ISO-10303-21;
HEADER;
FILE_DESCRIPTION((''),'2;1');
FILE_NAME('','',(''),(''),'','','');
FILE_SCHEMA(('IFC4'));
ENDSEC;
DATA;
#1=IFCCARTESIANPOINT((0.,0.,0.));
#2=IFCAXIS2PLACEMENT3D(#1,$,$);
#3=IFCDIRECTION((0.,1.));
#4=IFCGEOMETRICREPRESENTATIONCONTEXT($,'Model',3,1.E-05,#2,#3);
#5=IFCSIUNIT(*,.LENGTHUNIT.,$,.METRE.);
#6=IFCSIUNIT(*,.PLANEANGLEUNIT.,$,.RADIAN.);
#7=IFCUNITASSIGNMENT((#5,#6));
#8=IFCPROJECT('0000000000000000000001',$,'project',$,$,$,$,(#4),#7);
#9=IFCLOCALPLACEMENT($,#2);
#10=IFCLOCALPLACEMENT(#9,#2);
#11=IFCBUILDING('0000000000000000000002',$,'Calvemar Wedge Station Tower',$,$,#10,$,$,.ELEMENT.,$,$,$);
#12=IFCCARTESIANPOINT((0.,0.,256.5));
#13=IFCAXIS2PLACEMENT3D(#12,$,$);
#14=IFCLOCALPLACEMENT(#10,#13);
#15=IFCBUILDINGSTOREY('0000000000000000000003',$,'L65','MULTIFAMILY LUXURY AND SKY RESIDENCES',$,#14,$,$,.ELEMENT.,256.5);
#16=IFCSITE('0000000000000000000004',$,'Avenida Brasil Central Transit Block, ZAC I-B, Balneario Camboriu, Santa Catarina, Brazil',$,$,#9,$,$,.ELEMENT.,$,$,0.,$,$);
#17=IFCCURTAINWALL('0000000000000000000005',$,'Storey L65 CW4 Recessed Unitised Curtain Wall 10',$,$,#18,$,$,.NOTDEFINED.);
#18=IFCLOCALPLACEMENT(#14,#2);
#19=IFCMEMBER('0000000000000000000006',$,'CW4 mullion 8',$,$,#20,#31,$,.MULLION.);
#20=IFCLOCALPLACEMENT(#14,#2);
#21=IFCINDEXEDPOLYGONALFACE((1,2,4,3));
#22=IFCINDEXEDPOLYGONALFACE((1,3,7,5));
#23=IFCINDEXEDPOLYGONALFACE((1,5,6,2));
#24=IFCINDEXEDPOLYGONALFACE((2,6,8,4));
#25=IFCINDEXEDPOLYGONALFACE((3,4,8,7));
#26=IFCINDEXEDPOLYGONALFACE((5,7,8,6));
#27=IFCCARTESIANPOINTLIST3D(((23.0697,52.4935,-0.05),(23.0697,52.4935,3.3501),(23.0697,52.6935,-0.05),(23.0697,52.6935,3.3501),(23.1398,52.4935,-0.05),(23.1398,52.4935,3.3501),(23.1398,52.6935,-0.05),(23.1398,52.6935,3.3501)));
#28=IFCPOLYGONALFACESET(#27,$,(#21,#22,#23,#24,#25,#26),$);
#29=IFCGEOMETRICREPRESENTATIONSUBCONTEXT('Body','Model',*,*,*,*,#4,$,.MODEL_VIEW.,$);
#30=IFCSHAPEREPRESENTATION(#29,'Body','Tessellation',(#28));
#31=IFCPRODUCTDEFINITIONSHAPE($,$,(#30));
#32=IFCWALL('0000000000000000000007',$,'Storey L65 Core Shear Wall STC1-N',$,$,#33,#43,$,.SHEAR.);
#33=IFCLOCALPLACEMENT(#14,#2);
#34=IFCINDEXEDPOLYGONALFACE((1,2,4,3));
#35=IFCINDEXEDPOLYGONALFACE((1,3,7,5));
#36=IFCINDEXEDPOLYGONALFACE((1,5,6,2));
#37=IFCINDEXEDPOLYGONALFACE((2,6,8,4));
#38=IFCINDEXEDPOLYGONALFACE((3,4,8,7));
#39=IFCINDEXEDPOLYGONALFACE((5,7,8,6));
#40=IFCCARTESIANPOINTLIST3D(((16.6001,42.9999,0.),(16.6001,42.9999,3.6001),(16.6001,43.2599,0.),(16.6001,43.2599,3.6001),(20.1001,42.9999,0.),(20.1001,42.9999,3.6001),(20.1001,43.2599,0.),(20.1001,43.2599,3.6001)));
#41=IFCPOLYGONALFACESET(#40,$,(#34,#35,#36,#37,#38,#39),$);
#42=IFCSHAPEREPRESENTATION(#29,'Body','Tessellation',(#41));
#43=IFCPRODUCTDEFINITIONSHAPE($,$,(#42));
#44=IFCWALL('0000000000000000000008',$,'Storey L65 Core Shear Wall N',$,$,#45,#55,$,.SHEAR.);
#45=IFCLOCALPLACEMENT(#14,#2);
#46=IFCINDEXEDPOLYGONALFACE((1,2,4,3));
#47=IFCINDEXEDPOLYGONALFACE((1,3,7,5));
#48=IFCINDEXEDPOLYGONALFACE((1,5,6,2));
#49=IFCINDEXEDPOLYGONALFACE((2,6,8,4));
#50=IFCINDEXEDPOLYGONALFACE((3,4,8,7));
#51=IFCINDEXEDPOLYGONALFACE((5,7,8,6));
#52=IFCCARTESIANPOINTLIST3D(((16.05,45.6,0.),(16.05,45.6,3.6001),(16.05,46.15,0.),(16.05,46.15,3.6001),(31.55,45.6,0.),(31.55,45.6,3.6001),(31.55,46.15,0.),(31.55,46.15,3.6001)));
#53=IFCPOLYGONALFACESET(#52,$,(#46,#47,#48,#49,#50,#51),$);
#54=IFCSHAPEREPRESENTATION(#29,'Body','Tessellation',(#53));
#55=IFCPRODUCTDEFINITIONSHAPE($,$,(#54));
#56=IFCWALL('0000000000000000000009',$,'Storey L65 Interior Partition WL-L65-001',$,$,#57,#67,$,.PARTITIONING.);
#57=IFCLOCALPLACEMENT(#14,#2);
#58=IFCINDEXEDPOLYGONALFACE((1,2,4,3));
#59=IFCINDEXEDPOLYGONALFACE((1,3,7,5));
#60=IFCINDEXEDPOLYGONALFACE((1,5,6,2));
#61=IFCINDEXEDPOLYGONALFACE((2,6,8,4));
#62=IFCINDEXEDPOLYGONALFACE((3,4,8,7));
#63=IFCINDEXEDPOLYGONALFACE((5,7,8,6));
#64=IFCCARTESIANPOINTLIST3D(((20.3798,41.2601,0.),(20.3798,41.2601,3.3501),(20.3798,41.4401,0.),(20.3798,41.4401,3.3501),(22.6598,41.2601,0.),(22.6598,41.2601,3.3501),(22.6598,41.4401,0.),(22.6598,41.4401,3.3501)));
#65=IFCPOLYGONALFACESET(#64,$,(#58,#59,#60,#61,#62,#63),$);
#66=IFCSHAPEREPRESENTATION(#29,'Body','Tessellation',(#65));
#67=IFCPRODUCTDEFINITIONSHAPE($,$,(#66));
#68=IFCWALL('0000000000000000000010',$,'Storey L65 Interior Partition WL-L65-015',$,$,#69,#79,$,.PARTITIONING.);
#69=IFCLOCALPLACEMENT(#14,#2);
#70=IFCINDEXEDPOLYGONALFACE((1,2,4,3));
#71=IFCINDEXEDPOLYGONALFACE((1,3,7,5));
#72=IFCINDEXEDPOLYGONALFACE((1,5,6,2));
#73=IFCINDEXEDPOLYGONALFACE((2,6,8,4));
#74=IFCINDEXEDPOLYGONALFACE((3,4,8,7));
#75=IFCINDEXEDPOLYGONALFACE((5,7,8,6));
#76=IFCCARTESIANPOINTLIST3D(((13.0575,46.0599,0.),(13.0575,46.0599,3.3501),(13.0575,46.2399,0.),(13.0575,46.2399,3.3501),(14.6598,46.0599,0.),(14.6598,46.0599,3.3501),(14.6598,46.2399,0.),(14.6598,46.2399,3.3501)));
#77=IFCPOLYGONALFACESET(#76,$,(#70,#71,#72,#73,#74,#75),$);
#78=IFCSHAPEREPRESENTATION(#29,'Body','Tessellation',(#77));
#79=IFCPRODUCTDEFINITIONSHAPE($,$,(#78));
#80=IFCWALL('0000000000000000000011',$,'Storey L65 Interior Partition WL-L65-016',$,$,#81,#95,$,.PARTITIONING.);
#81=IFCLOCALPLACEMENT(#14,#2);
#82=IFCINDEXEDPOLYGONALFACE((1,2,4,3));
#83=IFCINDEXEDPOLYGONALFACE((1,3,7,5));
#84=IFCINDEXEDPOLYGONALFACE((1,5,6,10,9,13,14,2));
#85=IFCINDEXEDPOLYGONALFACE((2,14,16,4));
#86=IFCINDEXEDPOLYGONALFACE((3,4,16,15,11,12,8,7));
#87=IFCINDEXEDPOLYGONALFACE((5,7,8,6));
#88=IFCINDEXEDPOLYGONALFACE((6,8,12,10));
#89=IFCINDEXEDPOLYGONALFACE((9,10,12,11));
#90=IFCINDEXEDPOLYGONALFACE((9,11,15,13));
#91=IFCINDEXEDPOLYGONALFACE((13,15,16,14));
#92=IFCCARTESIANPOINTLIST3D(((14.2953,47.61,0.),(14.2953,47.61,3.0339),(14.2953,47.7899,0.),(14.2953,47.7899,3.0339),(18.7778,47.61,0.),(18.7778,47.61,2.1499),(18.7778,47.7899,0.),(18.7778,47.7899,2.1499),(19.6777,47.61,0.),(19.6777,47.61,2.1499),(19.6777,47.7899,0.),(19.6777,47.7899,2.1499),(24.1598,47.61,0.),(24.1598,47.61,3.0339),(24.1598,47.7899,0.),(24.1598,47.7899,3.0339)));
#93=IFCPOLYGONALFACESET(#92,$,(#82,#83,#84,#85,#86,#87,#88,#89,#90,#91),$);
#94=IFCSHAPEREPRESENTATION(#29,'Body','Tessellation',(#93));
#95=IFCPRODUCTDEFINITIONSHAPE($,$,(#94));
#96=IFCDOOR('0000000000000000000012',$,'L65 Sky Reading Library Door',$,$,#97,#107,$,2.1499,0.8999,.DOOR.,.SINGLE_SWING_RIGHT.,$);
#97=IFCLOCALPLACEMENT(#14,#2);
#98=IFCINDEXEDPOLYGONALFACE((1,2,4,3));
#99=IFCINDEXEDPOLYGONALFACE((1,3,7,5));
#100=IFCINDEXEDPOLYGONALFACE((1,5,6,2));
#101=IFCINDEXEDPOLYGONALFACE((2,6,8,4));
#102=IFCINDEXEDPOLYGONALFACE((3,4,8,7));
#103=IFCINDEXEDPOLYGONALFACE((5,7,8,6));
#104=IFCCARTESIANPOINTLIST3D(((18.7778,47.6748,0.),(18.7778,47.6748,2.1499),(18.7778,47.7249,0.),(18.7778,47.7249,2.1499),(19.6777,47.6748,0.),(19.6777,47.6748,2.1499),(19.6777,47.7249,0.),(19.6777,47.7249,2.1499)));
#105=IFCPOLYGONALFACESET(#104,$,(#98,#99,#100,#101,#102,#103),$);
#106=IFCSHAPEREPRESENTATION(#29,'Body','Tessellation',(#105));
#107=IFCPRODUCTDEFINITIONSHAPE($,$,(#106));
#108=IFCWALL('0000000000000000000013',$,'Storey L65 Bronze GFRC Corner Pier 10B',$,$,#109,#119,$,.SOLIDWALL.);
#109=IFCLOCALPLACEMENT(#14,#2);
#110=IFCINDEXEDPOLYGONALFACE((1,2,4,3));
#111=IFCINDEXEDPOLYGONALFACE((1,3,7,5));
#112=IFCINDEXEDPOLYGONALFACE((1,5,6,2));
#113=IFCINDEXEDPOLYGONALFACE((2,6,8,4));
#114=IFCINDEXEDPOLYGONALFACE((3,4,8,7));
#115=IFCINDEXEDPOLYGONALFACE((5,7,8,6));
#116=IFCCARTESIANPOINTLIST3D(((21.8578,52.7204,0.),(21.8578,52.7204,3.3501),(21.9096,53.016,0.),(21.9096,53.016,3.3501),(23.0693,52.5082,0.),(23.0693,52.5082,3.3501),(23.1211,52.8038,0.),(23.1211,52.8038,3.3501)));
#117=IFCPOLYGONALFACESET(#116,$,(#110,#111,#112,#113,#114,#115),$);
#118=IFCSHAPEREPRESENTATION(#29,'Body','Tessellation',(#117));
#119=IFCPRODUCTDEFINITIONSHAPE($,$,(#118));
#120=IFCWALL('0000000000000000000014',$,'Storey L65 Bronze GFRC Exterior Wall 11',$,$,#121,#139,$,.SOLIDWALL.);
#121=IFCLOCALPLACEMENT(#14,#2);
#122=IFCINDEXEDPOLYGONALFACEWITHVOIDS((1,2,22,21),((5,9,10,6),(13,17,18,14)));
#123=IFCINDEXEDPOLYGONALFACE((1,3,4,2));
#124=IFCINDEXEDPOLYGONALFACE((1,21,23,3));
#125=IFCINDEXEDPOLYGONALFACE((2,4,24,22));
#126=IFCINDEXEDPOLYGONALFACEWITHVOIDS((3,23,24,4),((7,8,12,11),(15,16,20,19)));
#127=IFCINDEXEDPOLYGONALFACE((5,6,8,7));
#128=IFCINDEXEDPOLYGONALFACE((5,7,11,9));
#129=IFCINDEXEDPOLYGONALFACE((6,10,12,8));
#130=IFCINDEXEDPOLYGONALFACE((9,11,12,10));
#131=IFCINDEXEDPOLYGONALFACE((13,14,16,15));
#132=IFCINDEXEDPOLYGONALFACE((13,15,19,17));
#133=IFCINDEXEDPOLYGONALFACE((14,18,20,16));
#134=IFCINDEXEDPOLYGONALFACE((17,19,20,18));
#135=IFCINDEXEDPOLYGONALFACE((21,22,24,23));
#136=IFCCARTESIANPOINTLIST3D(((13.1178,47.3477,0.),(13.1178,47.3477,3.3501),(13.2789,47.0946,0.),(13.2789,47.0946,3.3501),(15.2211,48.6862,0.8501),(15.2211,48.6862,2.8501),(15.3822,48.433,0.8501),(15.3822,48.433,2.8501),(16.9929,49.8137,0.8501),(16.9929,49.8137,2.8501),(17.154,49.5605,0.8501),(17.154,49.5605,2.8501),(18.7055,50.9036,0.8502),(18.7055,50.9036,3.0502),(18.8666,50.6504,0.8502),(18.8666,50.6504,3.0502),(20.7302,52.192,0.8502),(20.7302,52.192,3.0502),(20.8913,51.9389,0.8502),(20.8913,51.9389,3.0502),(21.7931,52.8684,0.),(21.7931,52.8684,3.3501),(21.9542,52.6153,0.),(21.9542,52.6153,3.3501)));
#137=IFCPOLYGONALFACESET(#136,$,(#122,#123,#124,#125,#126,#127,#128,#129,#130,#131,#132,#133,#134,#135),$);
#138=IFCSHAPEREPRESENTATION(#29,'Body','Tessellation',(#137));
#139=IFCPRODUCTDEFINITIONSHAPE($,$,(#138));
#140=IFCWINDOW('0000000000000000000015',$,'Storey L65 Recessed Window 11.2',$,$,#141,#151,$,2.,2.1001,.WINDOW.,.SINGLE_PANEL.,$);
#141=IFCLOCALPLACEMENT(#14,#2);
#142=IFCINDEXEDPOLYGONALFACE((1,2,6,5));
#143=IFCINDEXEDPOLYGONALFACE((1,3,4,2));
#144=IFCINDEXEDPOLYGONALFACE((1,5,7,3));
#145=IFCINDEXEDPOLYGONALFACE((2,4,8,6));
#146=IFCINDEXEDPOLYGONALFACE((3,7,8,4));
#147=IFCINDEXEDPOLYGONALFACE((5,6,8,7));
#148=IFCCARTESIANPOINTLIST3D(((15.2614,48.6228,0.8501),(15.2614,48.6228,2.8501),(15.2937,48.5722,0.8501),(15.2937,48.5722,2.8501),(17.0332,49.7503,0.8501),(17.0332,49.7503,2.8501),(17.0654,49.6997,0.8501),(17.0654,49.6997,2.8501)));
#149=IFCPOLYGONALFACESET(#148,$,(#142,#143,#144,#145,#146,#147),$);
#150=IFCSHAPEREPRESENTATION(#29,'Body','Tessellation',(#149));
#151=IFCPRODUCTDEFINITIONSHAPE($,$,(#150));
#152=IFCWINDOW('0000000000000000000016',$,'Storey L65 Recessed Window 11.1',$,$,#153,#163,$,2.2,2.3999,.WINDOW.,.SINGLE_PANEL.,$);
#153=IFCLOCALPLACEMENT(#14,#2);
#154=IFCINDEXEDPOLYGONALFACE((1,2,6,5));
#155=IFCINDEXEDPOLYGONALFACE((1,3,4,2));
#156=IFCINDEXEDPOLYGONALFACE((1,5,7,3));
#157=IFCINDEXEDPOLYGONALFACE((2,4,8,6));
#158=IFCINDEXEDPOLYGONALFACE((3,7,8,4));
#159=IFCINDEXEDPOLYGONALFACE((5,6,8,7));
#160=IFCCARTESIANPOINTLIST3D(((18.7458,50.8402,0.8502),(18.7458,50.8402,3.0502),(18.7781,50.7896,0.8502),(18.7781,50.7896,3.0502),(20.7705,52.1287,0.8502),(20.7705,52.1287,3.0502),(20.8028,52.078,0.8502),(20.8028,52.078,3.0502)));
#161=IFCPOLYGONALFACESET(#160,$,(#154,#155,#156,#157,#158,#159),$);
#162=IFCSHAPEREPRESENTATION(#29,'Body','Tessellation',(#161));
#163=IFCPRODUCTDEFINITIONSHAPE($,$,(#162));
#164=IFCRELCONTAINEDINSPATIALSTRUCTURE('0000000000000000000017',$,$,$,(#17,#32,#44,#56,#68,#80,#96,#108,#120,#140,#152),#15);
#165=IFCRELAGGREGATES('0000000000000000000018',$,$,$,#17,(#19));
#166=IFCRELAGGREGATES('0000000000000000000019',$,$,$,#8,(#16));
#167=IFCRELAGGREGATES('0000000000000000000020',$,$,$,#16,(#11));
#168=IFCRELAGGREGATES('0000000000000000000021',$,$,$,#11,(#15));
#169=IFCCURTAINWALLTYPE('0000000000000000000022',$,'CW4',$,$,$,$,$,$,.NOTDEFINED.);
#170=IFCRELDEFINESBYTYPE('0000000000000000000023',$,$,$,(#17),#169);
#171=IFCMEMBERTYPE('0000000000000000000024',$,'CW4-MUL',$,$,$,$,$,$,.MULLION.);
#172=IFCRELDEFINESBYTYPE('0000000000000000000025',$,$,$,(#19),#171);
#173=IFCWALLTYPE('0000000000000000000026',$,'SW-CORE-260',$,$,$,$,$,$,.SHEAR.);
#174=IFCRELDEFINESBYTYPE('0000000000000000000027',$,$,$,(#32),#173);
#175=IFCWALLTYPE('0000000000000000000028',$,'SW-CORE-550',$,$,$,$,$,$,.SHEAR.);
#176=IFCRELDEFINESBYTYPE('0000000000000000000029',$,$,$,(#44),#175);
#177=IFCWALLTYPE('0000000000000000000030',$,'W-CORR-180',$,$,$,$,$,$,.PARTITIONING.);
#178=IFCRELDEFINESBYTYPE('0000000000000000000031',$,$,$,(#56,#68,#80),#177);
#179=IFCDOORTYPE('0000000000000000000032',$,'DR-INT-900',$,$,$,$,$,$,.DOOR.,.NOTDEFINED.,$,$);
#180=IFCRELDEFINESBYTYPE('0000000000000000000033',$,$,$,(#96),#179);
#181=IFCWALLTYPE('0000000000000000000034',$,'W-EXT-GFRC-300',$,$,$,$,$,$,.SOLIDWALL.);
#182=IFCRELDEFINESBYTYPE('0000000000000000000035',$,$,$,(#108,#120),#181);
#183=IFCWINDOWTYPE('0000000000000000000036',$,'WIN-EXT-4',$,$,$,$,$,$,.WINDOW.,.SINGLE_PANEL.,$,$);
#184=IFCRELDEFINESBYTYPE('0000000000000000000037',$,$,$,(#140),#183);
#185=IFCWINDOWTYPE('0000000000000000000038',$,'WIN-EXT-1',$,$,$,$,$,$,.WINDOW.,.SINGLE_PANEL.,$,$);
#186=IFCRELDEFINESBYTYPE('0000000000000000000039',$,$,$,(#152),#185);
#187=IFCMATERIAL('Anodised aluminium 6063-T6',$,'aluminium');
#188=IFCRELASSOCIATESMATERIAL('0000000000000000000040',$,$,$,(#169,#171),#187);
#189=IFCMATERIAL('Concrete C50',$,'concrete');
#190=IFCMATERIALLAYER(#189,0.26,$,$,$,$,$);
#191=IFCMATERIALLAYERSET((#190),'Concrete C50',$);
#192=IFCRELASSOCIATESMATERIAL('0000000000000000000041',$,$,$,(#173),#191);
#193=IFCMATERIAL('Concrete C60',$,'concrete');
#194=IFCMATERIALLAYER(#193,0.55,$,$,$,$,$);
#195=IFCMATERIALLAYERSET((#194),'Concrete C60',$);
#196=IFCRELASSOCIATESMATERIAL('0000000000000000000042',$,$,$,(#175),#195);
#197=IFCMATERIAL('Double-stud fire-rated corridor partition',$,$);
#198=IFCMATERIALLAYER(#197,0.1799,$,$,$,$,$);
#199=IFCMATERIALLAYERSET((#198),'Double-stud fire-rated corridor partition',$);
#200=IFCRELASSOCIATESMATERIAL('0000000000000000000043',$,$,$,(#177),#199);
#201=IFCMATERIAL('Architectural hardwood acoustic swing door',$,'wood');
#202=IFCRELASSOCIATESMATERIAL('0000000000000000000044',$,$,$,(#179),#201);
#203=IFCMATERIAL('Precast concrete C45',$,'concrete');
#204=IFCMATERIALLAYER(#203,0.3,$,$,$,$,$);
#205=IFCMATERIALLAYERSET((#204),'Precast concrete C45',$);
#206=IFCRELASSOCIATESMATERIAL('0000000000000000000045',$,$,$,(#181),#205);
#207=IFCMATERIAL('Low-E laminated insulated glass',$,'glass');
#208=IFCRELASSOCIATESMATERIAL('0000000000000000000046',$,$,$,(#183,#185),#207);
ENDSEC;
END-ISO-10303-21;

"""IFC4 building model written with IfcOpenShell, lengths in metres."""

from ifc_helpers import new_model, si_unit, direction, frame, frame_2d, origin, origin_2d, place, context, subcontext, project, spatial, rectangle, extrude, source, transform, mapped, material, layer, layer_set, material_profile, profile_set, type_object, element, fill, aggregate, save


model = new_model("IFC4")

# Units and contexts
model_context = context("Model", 3, precision=1e-05, world=origin(), true_north=direction((0.0, 1.0)))
body_context = subcontext(model_context, "Body", "Model", "MODEL_VIEW")
ifc_project = project(units=[si_unit("LENGTHUNIT", "METRE"), si_unit("PLANEANGLEUNIT", "RADIAN")], contexts=[model_context])

# Site, building, storey
site_placement = place(None, origin())
site = spatial("IfcSite", under=ifc_project, at=site_placement, Name="Avenida Brasil Central Transit Block, ZAC I-B, Balneario Camboriu, Santa Catarina, Brazil", CompositionType="ELEMENT", RefElevation=0.0)
building_placement = place(site_placement, origin())
building = spatial("IfcBuilding", under=site, at=building_placement, Name="Calvemar Wedge Station Tower", CompositionType="ELEMENT")
storey_placement = place(building_placement, frame((0.0, 0.0, 256.5)))
storey = spatial("IfcBuildingStorey", under=building, at=storey_placement, Name="L65", Description="MULTIFAMILY LUXURY AND SKY RESIDENCES", CompositionType="ELEMENT", Elevation=256.5)

# Curtain wall, member
ifc_material_1 = material(Name="Anodised aluminium 6063-T6", Category="aluminium")
curtain_wall_type = type_object("IfcCurtainWallType", Name="CW4", PredefinedType="NOTDEFINED", material=ifc_material_1)
curtain_wall_placement = place(storey_placement, origin())
curtain_wall = element("IfcCurtainWall", 1, at=curtain_wall_placement, inside=storey, type_object=curtain_wall_type, Name="Storey L65 CW4 Recessed Unitised Curtain Wall 10", PredefinedType="NOTDEFINED")
ifc_material_profile = material_profile(ifc_material_1, rectangle(XDim=0.0701, YDim=0.2, at=origin_2d()), Name="AL-MUL-70x200")
ifc_profile_set = profile_set([ifc_material_profile], Name="Anodised aluminium 6063-T6")
member_type = type_object("IfcMemberType", Name="CW4-MUL", PredefinedType="MULLION", material=ifc_profile_set)
shared_shape_1 = source(origin(), body_context, "Body", "SweptSolid", [
    extrude(rectangle(XDim=0.0701, YDim=0.2, at=origin_2d()), origin(), (0.0, 0.0, 1.0), 3.4001),
])
member_placement = place(storey_placement, frame((23.1047, 52.5935, -0.05), z_axis=(0.0, 0.0, 1.0), x_axis=(1.0, 0.0, 0.0)))
member = element("IfcMember", 2, at=member_placement, type_object=member_type, Name="CW4 mullion 8", PredefinedType="MULLION", context=body_context, shape_type="MappedRepresentation", body=[
    mapped(shared_shape_1, transform((0.0, 0.0, 0.0), scale=1.0)),
])
aggregate(curtain_wall, [member])

# Walls
ifc_material_2 = material(Name="Concrete C50", Category="concrete")
ifc_layer_1 = layer(ifc_material_2, 0.26)
ifc_layer_set_1 = layer_set([ifc_layer_1], Name="Concrete C50")
wall_type_1 = type_object("IfcWallType", Name="SW-CORE-260", PredefinedType="SHEAR", material=ifc_layer_set_1)
wall_1_placement = place(storey_placement, frame((16.6001, 43.1299, 0.0), z_axis=(0.0, 0.0, 1.0), x_axis=(1.0, 0.0, 0.0)))
element("IfcWall", 3, at=wall_1_placement, inside=storey, type_object=wall_type_1, Name="Storey L65 Core Shear Wall STC1-N", PredefinedType="SHEAR", context=body_context, shape_type="SweptSolid", body=[
    extrude(rectangle(XDim=3.5, YDim=0.26, at=frame_2d((1.75, 0.0))), origin(), (0.0, 0.0, 1.0), 3.6001),
])
ifc_material_3 = material(Name="Concrete C60", Category="concrete")
ifc_layer_2 = layer(ifc_material_3, 0.55)
ifc_layer_set_2 = layer_set([ifc_layer_2], Name="Concrete C60")
wall_type_2 = type_object("IfcWallType", Name="SW-CORE-550", PredefinedType="SHEAR", material=ifc_layer_set_2)
wall_2_placement = place(storey_placement, frame((16.05, 45.875, 0.0), z_axis=(0.0, 0.0, 1.0), x_axis=(1.0, 0.0, 0.0)))
element("IfcWall", 4, at=wall_2_placement, inside=storey, type_object=wall_type_2, Name="Storey L65 Core Shear Wall N", PredefinedType="SHEAR", context=body_context, shape_type="SweptSolid", body=[
    extrude(rectangle(XDim=15.5, YDim=0.55, at=frame_2d((7.75, 0.0))), origin(), (0.0, 0.0, 1.0), 3.6001),
])
ifc_material_4 = material(Name="Double-stud fire-rated corridor partition")
ifc_layer_3 = layer(ifc_material_4, 0.1799)
ifc_layer_set_3 = layer_set([ifc_layer_3], Name="Double-stud fire-rated corridor partition")
wall_type_3 = type_object("IfcWallType", Name="W-CORR-180", PredefinedType="PARTITIONING", material=ifc_layer_set_3)
wall_3_placement = place(storey_placement, frame((22.6599, 41.3501, 0.0), z_axis=(0.0, 0.0, 1.0), x_axis=(-1.0, 0.0, 0.0)))
element("IfcWall", 5, at=wall_3_placement, inside=storey, type_object=wall_type_3, Name="Storey L65 Interior Partition WL-L65-001", PredefinedType="PARTITIONING", context=body_context, shape_type="SweptSolid", body=[
    extrude(rectangle(XDim=2.28, YDim=0.1799, at=frame_2d((1.1401, 0.0))), origin(), (0.0, 0.0, 1.0), 3.3501),
])
wall_4_placement = place(storey_placement, frame((14.6599, 46.1499, 0.0), z_axis=(0.0, 0.0, 1.0), x_axis=(-1.0, 0.0, 0.0)))
element("IfcWall", 6, at=wall_4_placement, inside=storey, type_object=wall_type_3, Name="Storey L65 Interior Partition WL-L65-015", PredefinedType="PARTITIONING", context=body_context, shape_type="SweptSolid", body=[
    extrude(rectangle(XDim=1.6023, YDim=0.1799, at=frame_2d((0.8013, 0.0))), origin(), (0.0, 0.0, 1.0), 3.3501),
])

# Wall, opening, door
wall_5_placement = place(storey_placement, frame((14.2954, 47.7, 0.0), z_axis=(0.0, 0.0, 1.0), x_axis=(1.0, 0.0, 0.0)))
wall_5 = element("IfcWall", 7, at=wall_5_placement, inside=storey, type_object=wall_type_3, Name="Storey L65 Interior Partition WL-L65-016", PredefinedType="PARTITIONING", context=body_context, shape_type="SweptSolid", body=[
    extrude(rectangle(XDim=9.8645, YDim=0.1799, at=frame_2d((4.9321, 0.0))), origin(), (0.0, 0.0, 1.0), 3.0339),
])
shared_shape_2 = source(origin(), body_context, "Body", "SweptSolid", [
    extrude(rectangle(XDim=0.8999, YDim=2.1499, at=frame_2d((0.45, 1.075))), frame((0.0, 0.1001, 0.0), z_axis=(0.0, -1.0, 0.0), x_axis=(1.0, 0.0, 0.0)), (0.0, 0.0, 1.0), 0.2),
])
opening_1_placement = place(wall_5_placement, frame((4.4824, 0.0, 0.0)))
opening_1 = element("IfcOpeningElement", 8, at=opening_1_placement, cuts=wall_5, PredefinedType="OPENING", context=body_context, shape_type="MappedRepresentation", body=[
    mapped(shared_shape_2, transform((0.0, 0.0, 0.0), scale=1.0)),
])
ifc_material_5 = material(Name="Architectural hardwood acoustic swing door", Category="wood")
door_type_1 = type_object("IfcDoorType", Name="DR-INT-900", OperationType="NOTDEFINED", PredefinedType="DOOR", material=ifc_material_5)
shared_shape_3 = source(origin(), body_context, "Body", "SweptSolid", [
    extrude(rectangle(XDim=0.8999, YDim=2.1499, at=frame_2d((0.45, 1.075))), frame((0.0, 0.0249, 0.0), z_axis=(0.0, -1.0, 0.0), x_axis=(1.0, 0.0, 0.0)), (0.0, 0.0, 1.0), 0.05),
])
door_1_placement = place(opening_1_placement, origin())
door_1 = element("IfcDoor", 9, at=door_1_placement, inside=storey, type_object=door_type_1, Name="L65 Sky Reading Library Door", OperationType="SINGLE_SWING_RIGHT", OverallHeight=2.1499, OverallWidth=0.8999, PredefinedType="DOOR", context=body_context, shape_type="MappedRepresentation", body=[
    mapped(shared_shape_3, transform((0.0, 0.0, 0.0), scale=1.0)),
])
fill(opening_1, door_1)

# Wall
ifc_material_6 = material(Name="Precast concrete C45", Category="concrete")
ifc_layer_4 = layer(ifc_material_6, 0.3)
ifc_layer_set_4 = layer_set([ifc_layer_4], Name="Precast concrete C45")
wall_type_4 = type_object("IfcWallType", Name="W-EXT-GFRC-300", PredefinedType="SOLIDWALL", material=ifc_layer_set_4)
wall_6_placement = place(storey_placement, frame((23.0952, 52.656, 0.0), z_axis=(0.0, 0.0, 1.0), x_axis=(-0.985009, 0.172506, 0.0)))
element("IfcWall", 10, at=wall_6_placement, inside=storey, type_object=wall_type_4, Name="Storey L65 Bronze GFRC Corner Pier 10B", PredefinedType="SOLIDWALL", context=body_context, shape_type="SweptSolid", body=[
    extrude(rectangle(XDim=1.23, YDim=0.3, at=frame_2d((0.615, 0.0))), origin(), (0.0, 0.0, 1.0), 3.3501),
])

# Wall, openings, windows
wall_7_placement = place(storey_placement, frame((21.8738, 52.7419, 0.0), z_axis=(0.0, 0.0, 1.0), x_axis=(-0.843657, -0.536883, 0.0)))
wall_7 = element("IfcWall", 11, at=wall_7_placement, inside=storey, type_object=wall_type_4, Name="Storey L65 Bronze GFRC Exterior Wall 11", PredefinedType="SOLIDWALL", context=body_context, shape_type="SweptSolid", body=[
    extrude(rectangle(XDim=10.283, YDim=0.3, at=frame_2d((5.1416, 0.0))), origin(), (0.0, 0.0, 1.0), 3.3501),
])
shared_shape_4 = source(origin(), body_context, "Body", "SweptSolid", [
    extrude(rectangle(XDim=2.3999, YDim=2.2, at=frame_2d((1.2, 1.1001))), frame((0.0, 0.1602, 0.0), z_axis=(0.0, -1.0, 0.0), x_axis=(1.0, 0.0, 0.0)), (0.0, 0.0, 1.0), 0.3201),
])
opening_2_placement = place(wall_7_placement, frame((1.26, 0.0, 0.8501)))
opening_2 = element("IfcOpeningElement", 12, at=opening_2_placement, cuts=wall_7, PredefinedType="OPENING", context=body_context, shape_type="MappedRepresentation", body=[
    mapped(shared_shape_4, transform((0.0, 0.0, 0.0), scale=1.0)),
])
shared_shape_5 = source(origin(), body_context, "Body", "SweptSolid", [
    extrude(rectangle(XDim=2.1001, YDim=2.0, at=frame_2d((1.05, 1.0))), frame((0.0, 0.1602, 0.0), z_axis=(0.0, -1.0, 0.0), x_axis=(1.0, 0.0, 0.0)), (0.0, 0.0, 1.0), 0.3201),
])
opening_3_placement = place(wall_7_placement, frame((5.6899, 0.0, 0.8501)))
opening_3 = element("IfcOpeningElement", 13, at=opening_3_placement, cuts=wall_7, PredefinedType="OPENING", context=body_context, shape_type="MappedRepresentation", body=[
    mapped(shared_shape_5, transform((0.0, 0.0, 0.0), scale=1.0)),
])
ifc_material_7 = material(Name="Low-E laminated insulated glass", Category="glass")
window_type_1 = type_object("IfcWindowType", Name="WIN-EXT-4", PartitioningType="SINGLE_PANEL", PredefinedType="WINDOW", material=ifc_material_7)
shared_shape_6 = source(origin(), body_context, "Body", "SweptSolid", [
    extrude(rectangle(XDim=2.1001, YDim=2.0, at=frame_2d((1.05, 1.0))), frame((0.0, -0.0149, 0.0), z_axis=(0.0, -1.0, 0.0), x_axis=(1.0, 0.0, 0.0)), (0.0, 0.0, 1.0), 0.0601),
])
window_1_placement = place(opening_3_placement, origin())
window_1 = element("IfcWindow", 14, at=window_1_placement, inside=storey, type_object=window_type_1, Name="Storey L65 Recessed Window 11.2", OverallHeight=2.0, OverallWidth=2.1001, PartitioningType="SINGLE_PANEL", PredefinedType="WINDOW", context=body_context, shape_type="MappedRepresentation", body=[
    mapped(shared_shape_6, transform((0.0, 0.0, 0.0), scale=1.0)),
])
fill(opening_3, window_1)
window_type_2 = type_object("IfcWindowType", Name="WIN-EXT-1", PartitioningType="SINGLE_PANEL", PredefinedType="WINDOW", material=ifc_material_7)
shared_shape_7 = source(origin(), body_context, "Body", "SweptSolid", [
    extrude(rectangle(XDim=2.3999, YDim=2.2, at=frame_2d((1.2, 1.1001))), frame((0.0, -0.0149, 0.0), z_axis=(0.0, -1.0, 0.0), x_axis=(1.0, 0.0, 0.0)), (0.0, 0.0, 1.0), 0.0601),
])
window_2_placement = place(opening_2_placement, origin())
window_2 = element("IfcWindow", 15, at=window_2_placement, inside=storey, type_object=window_type_2, Name="Storey L65 Recessed Window 11.1", OverallHeight=2.2, OverallWidth=2.3999, PartitioningType="SINGLE_PANEL", PredefinedType="WINDOW", context=body_context, shape_type="MappedRepresentation", body=[
    mapped(shared_shape_7, transform((0.0, 0.0, 0.0), scale=1.0)),
])
fill(opening_2, window_2)

save(model, "model.ifc")
